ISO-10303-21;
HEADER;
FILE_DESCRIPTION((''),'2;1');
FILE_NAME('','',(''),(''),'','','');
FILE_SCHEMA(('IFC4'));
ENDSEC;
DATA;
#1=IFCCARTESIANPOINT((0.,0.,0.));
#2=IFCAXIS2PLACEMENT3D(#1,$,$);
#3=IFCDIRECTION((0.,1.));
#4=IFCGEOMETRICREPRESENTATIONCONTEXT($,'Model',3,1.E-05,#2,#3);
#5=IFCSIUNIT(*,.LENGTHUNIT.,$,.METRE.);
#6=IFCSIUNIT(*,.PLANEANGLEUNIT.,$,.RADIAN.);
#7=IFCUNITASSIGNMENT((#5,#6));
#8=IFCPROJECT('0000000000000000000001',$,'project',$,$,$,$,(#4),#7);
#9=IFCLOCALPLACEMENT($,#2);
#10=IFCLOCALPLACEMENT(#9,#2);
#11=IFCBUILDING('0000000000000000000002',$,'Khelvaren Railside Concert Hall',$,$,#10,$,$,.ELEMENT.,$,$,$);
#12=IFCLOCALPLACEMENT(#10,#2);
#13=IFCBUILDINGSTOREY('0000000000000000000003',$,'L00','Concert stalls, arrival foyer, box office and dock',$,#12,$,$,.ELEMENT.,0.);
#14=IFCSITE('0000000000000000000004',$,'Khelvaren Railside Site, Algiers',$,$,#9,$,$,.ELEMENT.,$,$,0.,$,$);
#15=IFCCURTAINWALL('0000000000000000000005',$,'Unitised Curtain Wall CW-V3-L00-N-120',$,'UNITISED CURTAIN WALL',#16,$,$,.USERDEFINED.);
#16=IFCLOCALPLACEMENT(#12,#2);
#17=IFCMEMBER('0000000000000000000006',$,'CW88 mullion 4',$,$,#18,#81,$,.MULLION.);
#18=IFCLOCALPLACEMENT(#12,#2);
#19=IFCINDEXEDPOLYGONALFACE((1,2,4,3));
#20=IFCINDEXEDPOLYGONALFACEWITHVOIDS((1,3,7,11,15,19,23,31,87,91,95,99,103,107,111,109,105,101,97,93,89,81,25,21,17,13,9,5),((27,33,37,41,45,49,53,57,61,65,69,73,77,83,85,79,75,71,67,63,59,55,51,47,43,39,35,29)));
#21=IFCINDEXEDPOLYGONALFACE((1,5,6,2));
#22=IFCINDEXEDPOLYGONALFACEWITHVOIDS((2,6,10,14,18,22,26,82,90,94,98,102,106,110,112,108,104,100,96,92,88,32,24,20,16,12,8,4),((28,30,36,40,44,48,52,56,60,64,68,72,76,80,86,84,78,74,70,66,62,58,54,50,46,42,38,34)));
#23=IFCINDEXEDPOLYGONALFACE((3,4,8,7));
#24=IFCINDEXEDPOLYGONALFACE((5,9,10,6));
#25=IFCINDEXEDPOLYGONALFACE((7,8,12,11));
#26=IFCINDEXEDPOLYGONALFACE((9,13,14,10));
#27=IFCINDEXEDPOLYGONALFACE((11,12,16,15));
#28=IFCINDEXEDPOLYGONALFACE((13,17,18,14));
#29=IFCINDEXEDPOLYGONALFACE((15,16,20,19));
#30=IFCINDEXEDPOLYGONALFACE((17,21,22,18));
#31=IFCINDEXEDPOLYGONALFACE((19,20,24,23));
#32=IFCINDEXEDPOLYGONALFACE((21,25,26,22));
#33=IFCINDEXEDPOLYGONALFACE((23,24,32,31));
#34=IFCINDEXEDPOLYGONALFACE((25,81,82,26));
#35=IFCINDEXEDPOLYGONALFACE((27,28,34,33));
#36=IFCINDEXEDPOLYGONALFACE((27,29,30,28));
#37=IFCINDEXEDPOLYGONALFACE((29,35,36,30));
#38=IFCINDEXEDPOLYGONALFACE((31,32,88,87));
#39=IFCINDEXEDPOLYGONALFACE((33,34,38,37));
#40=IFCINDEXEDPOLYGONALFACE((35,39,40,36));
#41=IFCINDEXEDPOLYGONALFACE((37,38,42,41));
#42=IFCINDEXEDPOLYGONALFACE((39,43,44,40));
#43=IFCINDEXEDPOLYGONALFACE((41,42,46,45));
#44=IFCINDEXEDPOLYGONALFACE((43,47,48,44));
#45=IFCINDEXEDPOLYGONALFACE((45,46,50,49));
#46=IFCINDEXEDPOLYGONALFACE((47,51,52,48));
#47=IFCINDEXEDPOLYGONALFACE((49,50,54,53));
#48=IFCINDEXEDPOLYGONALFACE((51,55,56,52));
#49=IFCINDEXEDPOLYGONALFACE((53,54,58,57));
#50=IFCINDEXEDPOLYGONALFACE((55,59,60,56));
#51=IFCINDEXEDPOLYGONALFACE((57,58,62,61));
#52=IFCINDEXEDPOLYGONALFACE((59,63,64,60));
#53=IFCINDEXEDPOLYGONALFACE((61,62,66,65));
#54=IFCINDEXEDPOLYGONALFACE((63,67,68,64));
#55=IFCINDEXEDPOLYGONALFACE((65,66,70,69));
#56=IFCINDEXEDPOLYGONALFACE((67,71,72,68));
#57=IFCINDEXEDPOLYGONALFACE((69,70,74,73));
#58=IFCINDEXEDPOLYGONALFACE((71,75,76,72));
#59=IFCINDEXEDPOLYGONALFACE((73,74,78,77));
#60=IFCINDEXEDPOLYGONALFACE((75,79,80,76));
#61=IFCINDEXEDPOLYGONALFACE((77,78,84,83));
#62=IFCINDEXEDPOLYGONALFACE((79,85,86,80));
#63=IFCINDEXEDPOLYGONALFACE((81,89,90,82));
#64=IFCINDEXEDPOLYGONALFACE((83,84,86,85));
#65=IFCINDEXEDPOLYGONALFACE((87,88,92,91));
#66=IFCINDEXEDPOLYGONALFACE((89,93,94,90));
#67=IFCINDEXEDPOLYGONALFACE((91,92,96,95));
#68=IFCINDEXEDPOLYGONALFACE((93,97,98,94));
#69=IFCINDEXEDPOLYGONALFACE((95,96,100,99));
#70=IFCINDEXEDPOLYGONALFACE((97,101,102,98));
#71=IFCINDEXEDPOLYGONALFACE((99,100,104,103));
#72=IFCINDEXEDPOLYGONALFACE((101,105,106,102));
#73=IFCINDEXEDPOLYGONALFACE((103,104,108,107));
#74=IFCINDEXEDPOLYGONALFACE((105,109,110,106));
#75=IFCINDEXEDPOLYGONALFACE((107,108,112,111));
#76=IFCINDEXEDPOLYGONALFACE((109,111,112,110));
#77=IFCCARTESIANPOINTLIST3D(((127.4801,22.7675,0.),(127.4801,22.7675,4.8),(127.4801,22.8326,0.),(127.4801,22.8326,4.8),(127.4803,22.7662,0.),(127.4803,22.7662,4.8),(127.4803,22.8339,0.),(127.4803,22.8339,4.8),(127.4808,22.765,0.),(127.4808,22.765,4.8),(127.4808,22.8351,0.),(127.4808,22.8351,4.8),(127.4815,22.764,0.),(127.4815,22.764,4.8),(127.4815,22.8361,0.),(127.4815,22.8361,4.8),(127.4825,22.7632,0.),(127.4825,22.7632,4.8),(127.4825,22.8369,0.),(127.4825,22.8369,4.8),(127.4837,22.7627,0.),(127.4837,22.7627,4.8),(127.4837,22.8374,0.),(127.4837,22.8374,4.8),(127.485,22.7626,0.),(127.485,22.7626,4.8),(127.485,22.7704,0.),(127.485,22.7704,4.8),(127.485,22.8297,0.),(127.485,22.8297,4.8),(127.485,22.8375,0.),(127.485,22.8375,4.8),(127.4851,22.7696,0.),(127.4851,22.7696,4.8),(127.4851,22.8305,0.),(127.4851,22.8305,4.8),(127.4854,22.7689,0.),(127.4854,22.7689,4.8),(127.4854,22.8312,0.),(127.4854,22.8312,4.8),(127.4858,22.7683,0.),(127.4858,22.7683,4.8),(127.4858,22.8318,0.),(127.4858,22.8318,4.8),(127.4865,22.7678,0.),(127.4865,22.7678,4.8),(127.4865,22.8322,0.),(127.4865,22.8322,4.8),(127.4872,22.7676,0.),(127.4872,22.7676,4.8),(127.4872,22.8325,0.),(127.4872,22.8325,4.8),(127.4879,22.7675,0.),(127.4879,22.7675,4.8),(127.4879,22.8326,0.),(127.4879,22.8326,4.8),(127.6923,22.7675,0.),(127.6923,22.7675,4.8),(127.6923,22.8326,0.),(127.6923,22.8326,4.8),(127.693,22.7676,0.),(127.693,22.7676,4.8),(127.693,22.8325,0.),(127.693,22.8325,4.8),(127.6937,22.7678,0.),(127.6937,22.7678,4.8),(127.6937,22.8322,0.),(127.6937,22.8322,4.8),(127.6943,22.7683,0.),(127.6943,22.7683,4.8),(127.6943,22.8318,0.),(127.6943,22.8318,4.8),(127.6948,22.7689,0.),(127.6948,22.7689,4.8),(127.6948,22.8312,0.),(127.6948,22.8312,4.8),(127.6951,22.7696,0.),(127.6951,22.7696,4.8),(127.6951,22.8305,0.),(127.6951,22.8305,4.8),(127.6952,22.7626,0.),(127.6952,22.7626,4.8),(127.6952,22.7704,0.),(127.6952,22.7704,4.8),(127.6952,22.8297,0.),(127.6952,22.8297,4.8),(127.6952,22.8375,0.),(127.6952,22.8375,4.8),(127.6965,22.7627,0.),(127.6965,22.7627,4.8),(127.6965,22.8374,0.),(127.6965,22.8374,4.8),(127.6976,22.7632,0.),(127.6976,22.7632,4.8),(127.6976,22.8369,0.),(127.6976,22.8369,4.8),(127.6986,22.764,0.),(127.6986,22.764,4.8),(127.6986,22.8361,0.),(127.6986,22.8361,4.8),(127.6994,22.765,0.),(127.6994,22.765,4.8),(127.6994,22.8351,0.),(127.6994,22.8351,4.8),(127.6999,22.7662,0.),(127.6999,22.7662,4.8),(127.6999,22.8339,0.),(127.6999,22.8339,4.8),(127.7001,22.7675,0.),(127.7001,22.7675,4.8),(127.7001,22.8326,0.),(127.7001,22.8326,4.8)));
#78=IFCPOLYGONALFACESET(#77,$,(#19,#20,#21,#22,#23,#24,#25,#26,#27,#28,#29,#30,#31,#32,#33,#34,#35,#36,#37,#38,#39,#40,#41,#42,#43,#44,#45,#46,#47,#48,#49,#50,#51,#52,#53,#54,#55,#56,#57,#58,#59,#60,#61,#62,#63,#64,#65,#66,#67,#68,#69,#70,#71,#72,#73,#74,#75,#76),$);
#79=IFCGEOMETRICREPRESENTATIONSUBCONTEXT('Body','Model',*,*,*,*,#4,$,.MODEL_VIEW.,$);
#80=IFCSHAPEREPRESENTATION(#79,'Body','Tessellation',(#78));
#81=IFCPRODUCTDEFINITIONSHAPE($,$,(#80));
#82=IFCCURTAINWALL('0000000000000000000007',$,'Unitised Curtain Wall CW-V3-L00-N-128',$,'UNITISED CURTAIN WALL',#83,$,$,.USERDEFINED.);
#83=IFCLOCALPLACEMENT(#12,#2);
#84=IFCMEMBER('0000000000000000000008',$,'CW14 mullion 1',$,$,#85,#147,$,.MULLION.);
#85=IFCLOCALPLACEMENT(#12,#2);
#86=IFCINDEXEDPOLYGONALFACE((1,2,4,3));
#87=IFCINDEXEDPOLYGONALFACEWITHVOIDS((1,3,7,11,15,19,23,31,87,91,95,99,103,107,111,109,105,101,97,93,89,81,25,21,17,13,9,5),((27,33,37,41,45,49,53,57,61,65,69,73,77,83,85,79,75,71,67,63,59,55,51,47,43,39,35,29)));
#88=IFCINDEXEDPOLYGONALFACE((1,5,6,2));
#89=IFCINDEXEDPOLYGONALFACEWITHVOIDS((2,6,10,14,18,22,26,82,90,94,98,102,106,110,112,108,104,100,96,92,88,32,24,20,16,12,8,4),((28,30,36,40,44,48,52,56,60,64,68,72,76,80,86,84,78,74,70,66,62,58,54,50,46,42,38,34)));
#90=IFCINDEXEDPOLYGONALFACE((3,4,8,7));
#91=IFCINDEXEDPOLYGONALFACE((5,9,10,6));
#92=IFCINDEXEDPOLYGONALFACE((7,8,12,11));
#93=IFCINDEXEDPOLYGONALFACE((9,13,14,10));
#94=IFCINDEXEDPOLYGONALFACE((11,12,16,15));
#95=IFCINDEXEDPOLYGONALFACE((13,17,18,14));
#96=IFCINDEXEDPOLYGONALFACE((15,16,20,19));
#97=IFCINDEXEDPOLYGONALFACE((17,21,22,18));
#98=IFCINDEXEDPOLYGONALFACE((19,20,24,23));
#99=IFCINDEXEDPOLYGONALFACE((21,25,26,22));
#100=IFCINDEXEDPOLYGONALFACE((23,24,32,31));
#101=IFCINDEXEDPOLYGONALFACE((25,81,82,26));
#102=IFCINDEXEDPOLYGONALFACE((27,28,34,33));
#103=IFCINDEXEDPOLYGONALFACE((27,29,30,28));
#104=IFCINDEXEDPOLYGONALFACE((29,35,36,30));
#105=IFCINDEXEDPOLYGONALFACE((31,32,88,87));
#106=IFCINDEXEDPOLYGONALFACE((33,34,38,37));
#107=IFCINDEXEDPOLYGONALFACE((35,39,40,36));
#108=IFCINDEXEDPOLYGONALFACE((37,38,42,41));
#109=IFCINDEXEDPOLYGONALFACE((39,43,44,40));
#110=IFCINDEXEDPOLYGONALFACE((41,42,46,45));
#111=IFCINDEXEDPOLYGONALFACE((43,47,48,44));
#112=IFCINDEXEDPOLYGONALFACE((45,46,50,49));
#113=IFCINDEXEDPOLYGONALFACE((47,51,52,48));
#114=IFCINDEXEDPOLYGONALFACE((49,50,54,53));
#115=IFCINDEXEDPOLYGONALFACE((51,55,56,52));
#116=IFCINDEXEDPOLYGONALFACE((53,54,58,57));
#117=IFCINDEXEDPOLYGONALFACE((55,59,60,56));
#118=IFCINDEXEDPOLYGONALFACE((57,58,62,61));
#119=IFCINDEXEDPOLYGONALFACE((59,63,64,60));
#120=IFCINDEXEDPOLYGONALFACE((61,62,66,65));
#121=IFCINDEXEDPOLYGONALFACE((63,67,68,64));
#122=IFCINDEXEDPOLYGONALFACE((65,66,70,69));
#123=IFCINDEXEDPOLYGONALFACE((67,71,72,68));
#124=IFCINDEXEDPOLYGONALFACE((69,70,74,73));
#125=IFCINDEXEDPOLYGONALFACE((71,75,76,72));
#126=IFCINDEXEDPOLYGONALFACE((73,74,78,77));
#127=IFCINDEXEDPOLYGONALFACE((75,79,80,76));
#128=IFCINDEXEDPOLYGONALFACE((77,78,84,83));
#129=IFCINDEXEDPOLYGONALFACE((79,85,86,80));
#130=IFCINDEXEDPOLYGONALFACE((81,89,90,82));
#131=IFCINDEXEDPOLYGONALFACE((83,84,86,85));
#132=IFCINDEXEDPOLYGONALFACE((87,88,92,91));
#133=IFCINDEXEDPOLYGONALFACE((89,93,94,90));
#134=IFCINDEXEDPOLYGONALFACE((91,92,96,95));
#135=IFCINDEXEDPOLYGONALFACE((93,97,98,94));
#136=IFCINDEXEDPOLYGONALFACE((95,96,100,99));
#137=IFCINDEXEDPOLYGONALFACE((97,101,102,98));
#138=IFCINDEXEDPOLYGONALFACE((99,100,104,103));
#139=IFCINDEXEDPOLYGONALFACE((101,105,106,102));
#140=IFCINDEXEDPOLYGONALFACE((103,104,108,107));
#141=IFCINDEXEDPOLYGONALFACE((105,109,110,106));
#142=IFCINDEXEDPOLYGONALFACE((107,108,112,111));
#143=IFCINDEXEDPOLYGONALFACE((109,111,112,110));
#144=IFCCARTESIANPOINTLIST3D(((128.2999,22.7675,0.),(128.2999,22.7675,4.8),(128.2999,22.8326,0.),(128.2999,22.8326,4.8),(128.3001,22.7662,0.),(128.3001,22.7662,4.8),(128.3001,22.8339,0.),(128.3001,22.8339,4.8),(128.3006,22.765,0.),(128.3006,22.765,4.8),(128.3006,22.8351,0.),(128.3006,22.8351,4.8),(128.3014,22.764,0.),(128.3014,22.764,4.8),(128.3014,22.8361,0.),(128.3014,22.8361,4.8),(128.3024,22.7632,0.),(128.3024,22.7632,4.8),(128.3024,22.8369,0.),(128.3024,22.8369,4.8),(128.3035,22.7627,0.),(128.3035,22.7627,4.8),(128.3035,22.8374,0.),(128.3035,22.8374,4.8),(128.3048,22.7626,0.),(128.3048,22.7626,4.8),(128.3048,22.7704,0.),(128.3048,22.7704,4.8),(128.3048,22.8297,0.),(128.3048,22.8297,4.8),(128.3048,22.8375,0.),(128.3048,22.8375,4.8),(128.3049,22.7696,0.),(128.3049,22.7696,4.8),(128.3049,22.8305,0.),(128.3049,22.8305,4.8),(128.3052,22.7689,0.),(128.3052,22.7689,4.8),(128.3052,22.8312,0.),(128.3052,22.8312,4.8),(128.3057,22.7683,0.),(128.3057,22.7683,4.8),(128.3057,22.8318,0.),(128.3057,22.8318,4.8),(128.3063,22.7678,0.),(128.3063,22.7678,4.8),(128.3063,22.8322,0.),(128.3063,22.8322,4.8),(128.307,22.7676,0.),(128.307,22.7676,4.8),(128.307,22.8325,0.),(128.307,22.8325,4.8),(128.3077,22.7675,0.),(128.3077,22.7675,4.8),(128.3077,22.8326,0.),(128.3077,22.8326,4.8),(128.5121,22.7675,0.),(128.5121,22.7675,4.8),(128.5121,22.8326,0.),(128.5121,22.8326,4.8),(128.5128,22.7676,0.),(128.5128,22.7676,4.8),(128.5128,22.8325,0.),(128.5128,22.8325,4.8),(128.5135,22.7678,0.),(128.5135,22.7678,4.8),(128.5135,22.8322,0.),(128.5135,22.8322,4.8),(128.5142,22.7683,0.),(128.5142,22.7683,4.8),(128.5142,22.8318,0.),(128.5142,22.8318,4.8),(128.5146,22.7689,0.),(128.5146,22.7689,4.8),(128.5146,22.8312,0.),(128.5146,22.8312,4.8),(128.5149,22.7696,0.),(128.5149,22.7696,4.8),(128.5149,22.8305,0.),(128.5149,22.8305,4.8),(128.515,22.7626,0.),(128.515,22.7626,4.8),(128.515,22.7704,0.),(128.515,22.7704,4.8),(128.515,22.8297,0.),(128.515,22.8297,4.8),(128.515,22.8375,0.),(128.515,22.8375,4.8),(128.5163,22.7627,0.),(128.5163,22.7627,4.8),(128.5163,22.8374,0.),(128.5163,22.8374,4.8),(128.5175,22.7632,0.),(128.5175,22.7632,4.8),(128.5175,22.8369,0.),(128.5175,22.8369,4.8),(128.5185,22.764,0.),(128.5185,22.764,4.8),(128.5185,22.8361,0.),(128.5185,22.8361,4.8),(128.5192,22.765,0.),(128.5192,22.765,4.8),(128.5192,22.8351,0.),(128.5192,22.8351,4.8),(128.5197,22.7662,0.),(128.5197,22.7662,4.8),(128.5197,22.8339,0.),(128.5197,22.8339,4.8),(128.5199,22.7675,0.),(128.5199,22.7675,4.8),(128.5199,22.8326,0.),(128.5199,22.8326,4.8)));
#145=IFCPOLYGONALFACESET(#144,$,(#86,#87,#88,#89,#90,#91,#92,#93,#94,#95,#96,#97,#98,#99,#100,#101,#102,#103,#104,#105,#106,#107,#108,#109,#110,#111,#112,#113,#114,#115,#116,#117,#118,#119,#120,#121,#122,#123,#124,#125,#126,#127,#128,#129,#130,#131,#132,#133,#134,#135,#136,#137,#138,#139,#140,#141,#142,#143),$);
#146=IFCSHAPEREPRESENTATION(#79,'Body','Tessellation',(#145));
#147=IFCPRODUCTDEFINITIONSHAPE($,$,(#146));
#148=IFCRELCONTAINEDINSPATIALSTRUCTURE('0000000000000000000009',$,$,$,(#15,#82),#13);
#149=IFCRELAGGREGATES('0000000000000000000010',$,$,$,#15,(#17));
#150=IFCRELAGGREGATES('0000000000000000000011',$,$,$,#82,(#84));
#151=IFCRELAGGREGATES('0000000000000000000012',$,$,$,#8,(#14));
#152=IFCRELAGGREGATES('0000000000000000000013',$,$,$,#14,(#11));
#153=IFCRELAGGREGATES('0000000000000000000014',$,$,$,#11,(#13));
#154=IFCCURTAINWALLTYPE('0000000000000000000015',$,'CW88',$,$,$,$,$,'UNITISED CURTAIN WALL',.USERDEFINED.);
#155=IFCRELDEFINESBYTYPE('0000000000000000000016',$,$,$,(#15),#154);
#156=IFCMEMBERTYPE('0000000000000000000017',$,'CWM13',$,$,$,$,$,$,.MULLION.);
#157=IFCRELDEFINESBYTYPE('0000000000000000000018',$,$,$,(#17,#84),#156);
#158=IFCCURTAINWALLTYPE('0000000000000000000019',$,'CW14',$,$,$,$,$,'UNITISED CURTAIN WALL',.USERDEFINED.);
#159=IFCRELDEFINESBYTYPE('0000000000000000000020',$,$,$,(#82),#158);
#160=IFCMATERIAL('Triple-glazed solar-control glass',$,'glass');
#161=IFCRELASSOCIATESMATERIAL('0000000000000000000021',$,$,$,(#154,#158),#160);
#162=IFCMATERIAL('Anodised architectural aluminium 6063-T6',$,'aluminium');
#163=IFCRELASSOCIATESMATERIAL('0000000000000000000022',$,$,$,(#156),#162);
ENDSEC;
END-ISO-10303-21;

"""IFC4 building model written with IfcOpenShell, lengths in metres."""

from ifc_helpers import new_model, si_unit, direction, frame, origin, origin_2d, place, context, subcontext, project, spatial, hollow_rectangle, extrude, material, material_profile, profile_set, type_object, element, aggregate, save


model = new_model("IFC4")

# Units and contexts
model_context = context("Model", 3, precision=1e-05, world=origin(), true_north=direction((0.0, 1.0)))
body_context = subcontext(model_context, "Body", "Model", "MODEL_VIEW")
ifc_project = project(units=[si_unit("LENGTHUNIT", "METRE"), si_unit("PLANEANGLEUNIT", "RADIAN")], contexts=[model_context])

# Site, building, storey
site_placement = place(None, origin())
site = spatial("IfcSite", under=ifc_project, at=site_placement, Name="Khelvaren Railside Site, Algiers", CompositionType="ELEMENT", RefElevation=0.0)
building_placement = place(site_placement, origin())
building = spatial("IfcBuilding", under=site, at=building_placement, Name="Khelvaren Railside Concert Hall", CompositionType="ELEMENT")
storey_placement = place(building_placement, origin())
storey = spatial("IfcBuildingStorey", under=building, at=storey_placement, Name="L00", Description="Concert stalls, arrival foyer, box office and dock", CompositionType="ELEMENT", Elevation=0.0)

# Curtain wall, member
ifc_material_1 = material(Name="Triple-glazed solar-control glass", Category="glass")
curtain_wall_type_1 = type_object("IfcCurtainWallType", Name="CW88", ElementType="UNITISED CURTAIN WALL", PredefinedType="USERDEFINED", material=ifc_material_1)
curtain_wall_1_placement = place(storey_placement, origin())
curtain_wall_1 = element("IfcCurtainWall", 1, at=curtain_wall_1_placement, inside=storey, type_object=curtain_wall_type_1, Name="Unitised Curtain Wall CW-V3-L00-N-120", ObjectType="UNITISED CURTAIN WALL", PredefinedType="USERDEFINED")
ifc_material_2 = material(Name="Anodised architectural aluminium 6063-T6", Category="aluminium")
ifc_material_profile_1 = material_profile(ifc_material_2, hollow_rectangle(XDim=0.075, YDim=0.22, WallThickness=0.0049, InnerFilletRadius=0.0029, OuterFilletRadius=0.0049, at=origin_2d()), Name="CWM 75x220x5")
ifc_profile_set_1 = profile_set([ifc_material_profile_1], Name="Anodised architectural aluminium 6063-T6")
member_type_1 = type_object("IfcMemberType", Name="CWM13", PredefinedType="MULLION", material=ifc_profile_set_1)
member_1_placement = place(storey_placement, frame((127.5901, 22.8, 0.0), z_axis=(0.0, 0.0, 1.0), x_axis=(0.0, 1.0, 0.0)))
member_1 = element("IfcMember", 2, at=member_1_placement, type_object=member_type_1, Name="CW88 mullion 4", PredefinedType="MULLION", context=body_context, shape_type="SweptSolid", body=[
    extrude(hollow_rectangle(XDim=0.075, YDim=0.22, WallThickness=0.0049, InnerFilletRadius=0.0029, OuterFilletRadius=0.0049, at=origin_2d()), origin(), (0.0, 0.0, 1.0), 4.8),
])

# Curtain wall, member
curtain_wall_type_2 = type_object("IfcCurtainWallType", Name="CW14", ElementType="UNITISED CURTAIN WALL", PredefinedType="USERDEFINED", material=ifc_material_1)
curtain_wall_2_placement = place(storey_placement, origin())
curtain_wall_2 = element("IfcCurtainWall", 3, at=curtain_wall_2_placement, inside=storey, type_object=curtain_wall_type_2, Name="Unitised Curtain Wall CW-V3-L00-N-128", ObjectType="UNITISED CURTAIN WALL", PredefinedType="USERDEFINED")
member_2_placement = place(storey_placement, frame((128.4099, 22.8, 0.0), z_axis=(0.0, 0.0, 1.0), x_axis=(0.0, 1.0, 0.0)))
member_2 = element("IfcMember", 4, at=member_2_placement, type_object=member_type_1, Name="CW14 mullion 1", PredefinedType="MULLION", context=body_context, shape_type="SweptSolid", body=[
    extrude(hollow_rectangle(XDim=0.075, YDim=0.22, WallThickness=0.0049, InnerFilletRadius=0.0029, OuterFilletRadius=0.0049, at=origin_2d()), origin(), (0.0, 0.0, 1.0), 4.8),
])

aggregate(curtain_wall_1, [member_1])
aggregate(curtain_wall_2, [member_2])

save(model, "model.ifc")
